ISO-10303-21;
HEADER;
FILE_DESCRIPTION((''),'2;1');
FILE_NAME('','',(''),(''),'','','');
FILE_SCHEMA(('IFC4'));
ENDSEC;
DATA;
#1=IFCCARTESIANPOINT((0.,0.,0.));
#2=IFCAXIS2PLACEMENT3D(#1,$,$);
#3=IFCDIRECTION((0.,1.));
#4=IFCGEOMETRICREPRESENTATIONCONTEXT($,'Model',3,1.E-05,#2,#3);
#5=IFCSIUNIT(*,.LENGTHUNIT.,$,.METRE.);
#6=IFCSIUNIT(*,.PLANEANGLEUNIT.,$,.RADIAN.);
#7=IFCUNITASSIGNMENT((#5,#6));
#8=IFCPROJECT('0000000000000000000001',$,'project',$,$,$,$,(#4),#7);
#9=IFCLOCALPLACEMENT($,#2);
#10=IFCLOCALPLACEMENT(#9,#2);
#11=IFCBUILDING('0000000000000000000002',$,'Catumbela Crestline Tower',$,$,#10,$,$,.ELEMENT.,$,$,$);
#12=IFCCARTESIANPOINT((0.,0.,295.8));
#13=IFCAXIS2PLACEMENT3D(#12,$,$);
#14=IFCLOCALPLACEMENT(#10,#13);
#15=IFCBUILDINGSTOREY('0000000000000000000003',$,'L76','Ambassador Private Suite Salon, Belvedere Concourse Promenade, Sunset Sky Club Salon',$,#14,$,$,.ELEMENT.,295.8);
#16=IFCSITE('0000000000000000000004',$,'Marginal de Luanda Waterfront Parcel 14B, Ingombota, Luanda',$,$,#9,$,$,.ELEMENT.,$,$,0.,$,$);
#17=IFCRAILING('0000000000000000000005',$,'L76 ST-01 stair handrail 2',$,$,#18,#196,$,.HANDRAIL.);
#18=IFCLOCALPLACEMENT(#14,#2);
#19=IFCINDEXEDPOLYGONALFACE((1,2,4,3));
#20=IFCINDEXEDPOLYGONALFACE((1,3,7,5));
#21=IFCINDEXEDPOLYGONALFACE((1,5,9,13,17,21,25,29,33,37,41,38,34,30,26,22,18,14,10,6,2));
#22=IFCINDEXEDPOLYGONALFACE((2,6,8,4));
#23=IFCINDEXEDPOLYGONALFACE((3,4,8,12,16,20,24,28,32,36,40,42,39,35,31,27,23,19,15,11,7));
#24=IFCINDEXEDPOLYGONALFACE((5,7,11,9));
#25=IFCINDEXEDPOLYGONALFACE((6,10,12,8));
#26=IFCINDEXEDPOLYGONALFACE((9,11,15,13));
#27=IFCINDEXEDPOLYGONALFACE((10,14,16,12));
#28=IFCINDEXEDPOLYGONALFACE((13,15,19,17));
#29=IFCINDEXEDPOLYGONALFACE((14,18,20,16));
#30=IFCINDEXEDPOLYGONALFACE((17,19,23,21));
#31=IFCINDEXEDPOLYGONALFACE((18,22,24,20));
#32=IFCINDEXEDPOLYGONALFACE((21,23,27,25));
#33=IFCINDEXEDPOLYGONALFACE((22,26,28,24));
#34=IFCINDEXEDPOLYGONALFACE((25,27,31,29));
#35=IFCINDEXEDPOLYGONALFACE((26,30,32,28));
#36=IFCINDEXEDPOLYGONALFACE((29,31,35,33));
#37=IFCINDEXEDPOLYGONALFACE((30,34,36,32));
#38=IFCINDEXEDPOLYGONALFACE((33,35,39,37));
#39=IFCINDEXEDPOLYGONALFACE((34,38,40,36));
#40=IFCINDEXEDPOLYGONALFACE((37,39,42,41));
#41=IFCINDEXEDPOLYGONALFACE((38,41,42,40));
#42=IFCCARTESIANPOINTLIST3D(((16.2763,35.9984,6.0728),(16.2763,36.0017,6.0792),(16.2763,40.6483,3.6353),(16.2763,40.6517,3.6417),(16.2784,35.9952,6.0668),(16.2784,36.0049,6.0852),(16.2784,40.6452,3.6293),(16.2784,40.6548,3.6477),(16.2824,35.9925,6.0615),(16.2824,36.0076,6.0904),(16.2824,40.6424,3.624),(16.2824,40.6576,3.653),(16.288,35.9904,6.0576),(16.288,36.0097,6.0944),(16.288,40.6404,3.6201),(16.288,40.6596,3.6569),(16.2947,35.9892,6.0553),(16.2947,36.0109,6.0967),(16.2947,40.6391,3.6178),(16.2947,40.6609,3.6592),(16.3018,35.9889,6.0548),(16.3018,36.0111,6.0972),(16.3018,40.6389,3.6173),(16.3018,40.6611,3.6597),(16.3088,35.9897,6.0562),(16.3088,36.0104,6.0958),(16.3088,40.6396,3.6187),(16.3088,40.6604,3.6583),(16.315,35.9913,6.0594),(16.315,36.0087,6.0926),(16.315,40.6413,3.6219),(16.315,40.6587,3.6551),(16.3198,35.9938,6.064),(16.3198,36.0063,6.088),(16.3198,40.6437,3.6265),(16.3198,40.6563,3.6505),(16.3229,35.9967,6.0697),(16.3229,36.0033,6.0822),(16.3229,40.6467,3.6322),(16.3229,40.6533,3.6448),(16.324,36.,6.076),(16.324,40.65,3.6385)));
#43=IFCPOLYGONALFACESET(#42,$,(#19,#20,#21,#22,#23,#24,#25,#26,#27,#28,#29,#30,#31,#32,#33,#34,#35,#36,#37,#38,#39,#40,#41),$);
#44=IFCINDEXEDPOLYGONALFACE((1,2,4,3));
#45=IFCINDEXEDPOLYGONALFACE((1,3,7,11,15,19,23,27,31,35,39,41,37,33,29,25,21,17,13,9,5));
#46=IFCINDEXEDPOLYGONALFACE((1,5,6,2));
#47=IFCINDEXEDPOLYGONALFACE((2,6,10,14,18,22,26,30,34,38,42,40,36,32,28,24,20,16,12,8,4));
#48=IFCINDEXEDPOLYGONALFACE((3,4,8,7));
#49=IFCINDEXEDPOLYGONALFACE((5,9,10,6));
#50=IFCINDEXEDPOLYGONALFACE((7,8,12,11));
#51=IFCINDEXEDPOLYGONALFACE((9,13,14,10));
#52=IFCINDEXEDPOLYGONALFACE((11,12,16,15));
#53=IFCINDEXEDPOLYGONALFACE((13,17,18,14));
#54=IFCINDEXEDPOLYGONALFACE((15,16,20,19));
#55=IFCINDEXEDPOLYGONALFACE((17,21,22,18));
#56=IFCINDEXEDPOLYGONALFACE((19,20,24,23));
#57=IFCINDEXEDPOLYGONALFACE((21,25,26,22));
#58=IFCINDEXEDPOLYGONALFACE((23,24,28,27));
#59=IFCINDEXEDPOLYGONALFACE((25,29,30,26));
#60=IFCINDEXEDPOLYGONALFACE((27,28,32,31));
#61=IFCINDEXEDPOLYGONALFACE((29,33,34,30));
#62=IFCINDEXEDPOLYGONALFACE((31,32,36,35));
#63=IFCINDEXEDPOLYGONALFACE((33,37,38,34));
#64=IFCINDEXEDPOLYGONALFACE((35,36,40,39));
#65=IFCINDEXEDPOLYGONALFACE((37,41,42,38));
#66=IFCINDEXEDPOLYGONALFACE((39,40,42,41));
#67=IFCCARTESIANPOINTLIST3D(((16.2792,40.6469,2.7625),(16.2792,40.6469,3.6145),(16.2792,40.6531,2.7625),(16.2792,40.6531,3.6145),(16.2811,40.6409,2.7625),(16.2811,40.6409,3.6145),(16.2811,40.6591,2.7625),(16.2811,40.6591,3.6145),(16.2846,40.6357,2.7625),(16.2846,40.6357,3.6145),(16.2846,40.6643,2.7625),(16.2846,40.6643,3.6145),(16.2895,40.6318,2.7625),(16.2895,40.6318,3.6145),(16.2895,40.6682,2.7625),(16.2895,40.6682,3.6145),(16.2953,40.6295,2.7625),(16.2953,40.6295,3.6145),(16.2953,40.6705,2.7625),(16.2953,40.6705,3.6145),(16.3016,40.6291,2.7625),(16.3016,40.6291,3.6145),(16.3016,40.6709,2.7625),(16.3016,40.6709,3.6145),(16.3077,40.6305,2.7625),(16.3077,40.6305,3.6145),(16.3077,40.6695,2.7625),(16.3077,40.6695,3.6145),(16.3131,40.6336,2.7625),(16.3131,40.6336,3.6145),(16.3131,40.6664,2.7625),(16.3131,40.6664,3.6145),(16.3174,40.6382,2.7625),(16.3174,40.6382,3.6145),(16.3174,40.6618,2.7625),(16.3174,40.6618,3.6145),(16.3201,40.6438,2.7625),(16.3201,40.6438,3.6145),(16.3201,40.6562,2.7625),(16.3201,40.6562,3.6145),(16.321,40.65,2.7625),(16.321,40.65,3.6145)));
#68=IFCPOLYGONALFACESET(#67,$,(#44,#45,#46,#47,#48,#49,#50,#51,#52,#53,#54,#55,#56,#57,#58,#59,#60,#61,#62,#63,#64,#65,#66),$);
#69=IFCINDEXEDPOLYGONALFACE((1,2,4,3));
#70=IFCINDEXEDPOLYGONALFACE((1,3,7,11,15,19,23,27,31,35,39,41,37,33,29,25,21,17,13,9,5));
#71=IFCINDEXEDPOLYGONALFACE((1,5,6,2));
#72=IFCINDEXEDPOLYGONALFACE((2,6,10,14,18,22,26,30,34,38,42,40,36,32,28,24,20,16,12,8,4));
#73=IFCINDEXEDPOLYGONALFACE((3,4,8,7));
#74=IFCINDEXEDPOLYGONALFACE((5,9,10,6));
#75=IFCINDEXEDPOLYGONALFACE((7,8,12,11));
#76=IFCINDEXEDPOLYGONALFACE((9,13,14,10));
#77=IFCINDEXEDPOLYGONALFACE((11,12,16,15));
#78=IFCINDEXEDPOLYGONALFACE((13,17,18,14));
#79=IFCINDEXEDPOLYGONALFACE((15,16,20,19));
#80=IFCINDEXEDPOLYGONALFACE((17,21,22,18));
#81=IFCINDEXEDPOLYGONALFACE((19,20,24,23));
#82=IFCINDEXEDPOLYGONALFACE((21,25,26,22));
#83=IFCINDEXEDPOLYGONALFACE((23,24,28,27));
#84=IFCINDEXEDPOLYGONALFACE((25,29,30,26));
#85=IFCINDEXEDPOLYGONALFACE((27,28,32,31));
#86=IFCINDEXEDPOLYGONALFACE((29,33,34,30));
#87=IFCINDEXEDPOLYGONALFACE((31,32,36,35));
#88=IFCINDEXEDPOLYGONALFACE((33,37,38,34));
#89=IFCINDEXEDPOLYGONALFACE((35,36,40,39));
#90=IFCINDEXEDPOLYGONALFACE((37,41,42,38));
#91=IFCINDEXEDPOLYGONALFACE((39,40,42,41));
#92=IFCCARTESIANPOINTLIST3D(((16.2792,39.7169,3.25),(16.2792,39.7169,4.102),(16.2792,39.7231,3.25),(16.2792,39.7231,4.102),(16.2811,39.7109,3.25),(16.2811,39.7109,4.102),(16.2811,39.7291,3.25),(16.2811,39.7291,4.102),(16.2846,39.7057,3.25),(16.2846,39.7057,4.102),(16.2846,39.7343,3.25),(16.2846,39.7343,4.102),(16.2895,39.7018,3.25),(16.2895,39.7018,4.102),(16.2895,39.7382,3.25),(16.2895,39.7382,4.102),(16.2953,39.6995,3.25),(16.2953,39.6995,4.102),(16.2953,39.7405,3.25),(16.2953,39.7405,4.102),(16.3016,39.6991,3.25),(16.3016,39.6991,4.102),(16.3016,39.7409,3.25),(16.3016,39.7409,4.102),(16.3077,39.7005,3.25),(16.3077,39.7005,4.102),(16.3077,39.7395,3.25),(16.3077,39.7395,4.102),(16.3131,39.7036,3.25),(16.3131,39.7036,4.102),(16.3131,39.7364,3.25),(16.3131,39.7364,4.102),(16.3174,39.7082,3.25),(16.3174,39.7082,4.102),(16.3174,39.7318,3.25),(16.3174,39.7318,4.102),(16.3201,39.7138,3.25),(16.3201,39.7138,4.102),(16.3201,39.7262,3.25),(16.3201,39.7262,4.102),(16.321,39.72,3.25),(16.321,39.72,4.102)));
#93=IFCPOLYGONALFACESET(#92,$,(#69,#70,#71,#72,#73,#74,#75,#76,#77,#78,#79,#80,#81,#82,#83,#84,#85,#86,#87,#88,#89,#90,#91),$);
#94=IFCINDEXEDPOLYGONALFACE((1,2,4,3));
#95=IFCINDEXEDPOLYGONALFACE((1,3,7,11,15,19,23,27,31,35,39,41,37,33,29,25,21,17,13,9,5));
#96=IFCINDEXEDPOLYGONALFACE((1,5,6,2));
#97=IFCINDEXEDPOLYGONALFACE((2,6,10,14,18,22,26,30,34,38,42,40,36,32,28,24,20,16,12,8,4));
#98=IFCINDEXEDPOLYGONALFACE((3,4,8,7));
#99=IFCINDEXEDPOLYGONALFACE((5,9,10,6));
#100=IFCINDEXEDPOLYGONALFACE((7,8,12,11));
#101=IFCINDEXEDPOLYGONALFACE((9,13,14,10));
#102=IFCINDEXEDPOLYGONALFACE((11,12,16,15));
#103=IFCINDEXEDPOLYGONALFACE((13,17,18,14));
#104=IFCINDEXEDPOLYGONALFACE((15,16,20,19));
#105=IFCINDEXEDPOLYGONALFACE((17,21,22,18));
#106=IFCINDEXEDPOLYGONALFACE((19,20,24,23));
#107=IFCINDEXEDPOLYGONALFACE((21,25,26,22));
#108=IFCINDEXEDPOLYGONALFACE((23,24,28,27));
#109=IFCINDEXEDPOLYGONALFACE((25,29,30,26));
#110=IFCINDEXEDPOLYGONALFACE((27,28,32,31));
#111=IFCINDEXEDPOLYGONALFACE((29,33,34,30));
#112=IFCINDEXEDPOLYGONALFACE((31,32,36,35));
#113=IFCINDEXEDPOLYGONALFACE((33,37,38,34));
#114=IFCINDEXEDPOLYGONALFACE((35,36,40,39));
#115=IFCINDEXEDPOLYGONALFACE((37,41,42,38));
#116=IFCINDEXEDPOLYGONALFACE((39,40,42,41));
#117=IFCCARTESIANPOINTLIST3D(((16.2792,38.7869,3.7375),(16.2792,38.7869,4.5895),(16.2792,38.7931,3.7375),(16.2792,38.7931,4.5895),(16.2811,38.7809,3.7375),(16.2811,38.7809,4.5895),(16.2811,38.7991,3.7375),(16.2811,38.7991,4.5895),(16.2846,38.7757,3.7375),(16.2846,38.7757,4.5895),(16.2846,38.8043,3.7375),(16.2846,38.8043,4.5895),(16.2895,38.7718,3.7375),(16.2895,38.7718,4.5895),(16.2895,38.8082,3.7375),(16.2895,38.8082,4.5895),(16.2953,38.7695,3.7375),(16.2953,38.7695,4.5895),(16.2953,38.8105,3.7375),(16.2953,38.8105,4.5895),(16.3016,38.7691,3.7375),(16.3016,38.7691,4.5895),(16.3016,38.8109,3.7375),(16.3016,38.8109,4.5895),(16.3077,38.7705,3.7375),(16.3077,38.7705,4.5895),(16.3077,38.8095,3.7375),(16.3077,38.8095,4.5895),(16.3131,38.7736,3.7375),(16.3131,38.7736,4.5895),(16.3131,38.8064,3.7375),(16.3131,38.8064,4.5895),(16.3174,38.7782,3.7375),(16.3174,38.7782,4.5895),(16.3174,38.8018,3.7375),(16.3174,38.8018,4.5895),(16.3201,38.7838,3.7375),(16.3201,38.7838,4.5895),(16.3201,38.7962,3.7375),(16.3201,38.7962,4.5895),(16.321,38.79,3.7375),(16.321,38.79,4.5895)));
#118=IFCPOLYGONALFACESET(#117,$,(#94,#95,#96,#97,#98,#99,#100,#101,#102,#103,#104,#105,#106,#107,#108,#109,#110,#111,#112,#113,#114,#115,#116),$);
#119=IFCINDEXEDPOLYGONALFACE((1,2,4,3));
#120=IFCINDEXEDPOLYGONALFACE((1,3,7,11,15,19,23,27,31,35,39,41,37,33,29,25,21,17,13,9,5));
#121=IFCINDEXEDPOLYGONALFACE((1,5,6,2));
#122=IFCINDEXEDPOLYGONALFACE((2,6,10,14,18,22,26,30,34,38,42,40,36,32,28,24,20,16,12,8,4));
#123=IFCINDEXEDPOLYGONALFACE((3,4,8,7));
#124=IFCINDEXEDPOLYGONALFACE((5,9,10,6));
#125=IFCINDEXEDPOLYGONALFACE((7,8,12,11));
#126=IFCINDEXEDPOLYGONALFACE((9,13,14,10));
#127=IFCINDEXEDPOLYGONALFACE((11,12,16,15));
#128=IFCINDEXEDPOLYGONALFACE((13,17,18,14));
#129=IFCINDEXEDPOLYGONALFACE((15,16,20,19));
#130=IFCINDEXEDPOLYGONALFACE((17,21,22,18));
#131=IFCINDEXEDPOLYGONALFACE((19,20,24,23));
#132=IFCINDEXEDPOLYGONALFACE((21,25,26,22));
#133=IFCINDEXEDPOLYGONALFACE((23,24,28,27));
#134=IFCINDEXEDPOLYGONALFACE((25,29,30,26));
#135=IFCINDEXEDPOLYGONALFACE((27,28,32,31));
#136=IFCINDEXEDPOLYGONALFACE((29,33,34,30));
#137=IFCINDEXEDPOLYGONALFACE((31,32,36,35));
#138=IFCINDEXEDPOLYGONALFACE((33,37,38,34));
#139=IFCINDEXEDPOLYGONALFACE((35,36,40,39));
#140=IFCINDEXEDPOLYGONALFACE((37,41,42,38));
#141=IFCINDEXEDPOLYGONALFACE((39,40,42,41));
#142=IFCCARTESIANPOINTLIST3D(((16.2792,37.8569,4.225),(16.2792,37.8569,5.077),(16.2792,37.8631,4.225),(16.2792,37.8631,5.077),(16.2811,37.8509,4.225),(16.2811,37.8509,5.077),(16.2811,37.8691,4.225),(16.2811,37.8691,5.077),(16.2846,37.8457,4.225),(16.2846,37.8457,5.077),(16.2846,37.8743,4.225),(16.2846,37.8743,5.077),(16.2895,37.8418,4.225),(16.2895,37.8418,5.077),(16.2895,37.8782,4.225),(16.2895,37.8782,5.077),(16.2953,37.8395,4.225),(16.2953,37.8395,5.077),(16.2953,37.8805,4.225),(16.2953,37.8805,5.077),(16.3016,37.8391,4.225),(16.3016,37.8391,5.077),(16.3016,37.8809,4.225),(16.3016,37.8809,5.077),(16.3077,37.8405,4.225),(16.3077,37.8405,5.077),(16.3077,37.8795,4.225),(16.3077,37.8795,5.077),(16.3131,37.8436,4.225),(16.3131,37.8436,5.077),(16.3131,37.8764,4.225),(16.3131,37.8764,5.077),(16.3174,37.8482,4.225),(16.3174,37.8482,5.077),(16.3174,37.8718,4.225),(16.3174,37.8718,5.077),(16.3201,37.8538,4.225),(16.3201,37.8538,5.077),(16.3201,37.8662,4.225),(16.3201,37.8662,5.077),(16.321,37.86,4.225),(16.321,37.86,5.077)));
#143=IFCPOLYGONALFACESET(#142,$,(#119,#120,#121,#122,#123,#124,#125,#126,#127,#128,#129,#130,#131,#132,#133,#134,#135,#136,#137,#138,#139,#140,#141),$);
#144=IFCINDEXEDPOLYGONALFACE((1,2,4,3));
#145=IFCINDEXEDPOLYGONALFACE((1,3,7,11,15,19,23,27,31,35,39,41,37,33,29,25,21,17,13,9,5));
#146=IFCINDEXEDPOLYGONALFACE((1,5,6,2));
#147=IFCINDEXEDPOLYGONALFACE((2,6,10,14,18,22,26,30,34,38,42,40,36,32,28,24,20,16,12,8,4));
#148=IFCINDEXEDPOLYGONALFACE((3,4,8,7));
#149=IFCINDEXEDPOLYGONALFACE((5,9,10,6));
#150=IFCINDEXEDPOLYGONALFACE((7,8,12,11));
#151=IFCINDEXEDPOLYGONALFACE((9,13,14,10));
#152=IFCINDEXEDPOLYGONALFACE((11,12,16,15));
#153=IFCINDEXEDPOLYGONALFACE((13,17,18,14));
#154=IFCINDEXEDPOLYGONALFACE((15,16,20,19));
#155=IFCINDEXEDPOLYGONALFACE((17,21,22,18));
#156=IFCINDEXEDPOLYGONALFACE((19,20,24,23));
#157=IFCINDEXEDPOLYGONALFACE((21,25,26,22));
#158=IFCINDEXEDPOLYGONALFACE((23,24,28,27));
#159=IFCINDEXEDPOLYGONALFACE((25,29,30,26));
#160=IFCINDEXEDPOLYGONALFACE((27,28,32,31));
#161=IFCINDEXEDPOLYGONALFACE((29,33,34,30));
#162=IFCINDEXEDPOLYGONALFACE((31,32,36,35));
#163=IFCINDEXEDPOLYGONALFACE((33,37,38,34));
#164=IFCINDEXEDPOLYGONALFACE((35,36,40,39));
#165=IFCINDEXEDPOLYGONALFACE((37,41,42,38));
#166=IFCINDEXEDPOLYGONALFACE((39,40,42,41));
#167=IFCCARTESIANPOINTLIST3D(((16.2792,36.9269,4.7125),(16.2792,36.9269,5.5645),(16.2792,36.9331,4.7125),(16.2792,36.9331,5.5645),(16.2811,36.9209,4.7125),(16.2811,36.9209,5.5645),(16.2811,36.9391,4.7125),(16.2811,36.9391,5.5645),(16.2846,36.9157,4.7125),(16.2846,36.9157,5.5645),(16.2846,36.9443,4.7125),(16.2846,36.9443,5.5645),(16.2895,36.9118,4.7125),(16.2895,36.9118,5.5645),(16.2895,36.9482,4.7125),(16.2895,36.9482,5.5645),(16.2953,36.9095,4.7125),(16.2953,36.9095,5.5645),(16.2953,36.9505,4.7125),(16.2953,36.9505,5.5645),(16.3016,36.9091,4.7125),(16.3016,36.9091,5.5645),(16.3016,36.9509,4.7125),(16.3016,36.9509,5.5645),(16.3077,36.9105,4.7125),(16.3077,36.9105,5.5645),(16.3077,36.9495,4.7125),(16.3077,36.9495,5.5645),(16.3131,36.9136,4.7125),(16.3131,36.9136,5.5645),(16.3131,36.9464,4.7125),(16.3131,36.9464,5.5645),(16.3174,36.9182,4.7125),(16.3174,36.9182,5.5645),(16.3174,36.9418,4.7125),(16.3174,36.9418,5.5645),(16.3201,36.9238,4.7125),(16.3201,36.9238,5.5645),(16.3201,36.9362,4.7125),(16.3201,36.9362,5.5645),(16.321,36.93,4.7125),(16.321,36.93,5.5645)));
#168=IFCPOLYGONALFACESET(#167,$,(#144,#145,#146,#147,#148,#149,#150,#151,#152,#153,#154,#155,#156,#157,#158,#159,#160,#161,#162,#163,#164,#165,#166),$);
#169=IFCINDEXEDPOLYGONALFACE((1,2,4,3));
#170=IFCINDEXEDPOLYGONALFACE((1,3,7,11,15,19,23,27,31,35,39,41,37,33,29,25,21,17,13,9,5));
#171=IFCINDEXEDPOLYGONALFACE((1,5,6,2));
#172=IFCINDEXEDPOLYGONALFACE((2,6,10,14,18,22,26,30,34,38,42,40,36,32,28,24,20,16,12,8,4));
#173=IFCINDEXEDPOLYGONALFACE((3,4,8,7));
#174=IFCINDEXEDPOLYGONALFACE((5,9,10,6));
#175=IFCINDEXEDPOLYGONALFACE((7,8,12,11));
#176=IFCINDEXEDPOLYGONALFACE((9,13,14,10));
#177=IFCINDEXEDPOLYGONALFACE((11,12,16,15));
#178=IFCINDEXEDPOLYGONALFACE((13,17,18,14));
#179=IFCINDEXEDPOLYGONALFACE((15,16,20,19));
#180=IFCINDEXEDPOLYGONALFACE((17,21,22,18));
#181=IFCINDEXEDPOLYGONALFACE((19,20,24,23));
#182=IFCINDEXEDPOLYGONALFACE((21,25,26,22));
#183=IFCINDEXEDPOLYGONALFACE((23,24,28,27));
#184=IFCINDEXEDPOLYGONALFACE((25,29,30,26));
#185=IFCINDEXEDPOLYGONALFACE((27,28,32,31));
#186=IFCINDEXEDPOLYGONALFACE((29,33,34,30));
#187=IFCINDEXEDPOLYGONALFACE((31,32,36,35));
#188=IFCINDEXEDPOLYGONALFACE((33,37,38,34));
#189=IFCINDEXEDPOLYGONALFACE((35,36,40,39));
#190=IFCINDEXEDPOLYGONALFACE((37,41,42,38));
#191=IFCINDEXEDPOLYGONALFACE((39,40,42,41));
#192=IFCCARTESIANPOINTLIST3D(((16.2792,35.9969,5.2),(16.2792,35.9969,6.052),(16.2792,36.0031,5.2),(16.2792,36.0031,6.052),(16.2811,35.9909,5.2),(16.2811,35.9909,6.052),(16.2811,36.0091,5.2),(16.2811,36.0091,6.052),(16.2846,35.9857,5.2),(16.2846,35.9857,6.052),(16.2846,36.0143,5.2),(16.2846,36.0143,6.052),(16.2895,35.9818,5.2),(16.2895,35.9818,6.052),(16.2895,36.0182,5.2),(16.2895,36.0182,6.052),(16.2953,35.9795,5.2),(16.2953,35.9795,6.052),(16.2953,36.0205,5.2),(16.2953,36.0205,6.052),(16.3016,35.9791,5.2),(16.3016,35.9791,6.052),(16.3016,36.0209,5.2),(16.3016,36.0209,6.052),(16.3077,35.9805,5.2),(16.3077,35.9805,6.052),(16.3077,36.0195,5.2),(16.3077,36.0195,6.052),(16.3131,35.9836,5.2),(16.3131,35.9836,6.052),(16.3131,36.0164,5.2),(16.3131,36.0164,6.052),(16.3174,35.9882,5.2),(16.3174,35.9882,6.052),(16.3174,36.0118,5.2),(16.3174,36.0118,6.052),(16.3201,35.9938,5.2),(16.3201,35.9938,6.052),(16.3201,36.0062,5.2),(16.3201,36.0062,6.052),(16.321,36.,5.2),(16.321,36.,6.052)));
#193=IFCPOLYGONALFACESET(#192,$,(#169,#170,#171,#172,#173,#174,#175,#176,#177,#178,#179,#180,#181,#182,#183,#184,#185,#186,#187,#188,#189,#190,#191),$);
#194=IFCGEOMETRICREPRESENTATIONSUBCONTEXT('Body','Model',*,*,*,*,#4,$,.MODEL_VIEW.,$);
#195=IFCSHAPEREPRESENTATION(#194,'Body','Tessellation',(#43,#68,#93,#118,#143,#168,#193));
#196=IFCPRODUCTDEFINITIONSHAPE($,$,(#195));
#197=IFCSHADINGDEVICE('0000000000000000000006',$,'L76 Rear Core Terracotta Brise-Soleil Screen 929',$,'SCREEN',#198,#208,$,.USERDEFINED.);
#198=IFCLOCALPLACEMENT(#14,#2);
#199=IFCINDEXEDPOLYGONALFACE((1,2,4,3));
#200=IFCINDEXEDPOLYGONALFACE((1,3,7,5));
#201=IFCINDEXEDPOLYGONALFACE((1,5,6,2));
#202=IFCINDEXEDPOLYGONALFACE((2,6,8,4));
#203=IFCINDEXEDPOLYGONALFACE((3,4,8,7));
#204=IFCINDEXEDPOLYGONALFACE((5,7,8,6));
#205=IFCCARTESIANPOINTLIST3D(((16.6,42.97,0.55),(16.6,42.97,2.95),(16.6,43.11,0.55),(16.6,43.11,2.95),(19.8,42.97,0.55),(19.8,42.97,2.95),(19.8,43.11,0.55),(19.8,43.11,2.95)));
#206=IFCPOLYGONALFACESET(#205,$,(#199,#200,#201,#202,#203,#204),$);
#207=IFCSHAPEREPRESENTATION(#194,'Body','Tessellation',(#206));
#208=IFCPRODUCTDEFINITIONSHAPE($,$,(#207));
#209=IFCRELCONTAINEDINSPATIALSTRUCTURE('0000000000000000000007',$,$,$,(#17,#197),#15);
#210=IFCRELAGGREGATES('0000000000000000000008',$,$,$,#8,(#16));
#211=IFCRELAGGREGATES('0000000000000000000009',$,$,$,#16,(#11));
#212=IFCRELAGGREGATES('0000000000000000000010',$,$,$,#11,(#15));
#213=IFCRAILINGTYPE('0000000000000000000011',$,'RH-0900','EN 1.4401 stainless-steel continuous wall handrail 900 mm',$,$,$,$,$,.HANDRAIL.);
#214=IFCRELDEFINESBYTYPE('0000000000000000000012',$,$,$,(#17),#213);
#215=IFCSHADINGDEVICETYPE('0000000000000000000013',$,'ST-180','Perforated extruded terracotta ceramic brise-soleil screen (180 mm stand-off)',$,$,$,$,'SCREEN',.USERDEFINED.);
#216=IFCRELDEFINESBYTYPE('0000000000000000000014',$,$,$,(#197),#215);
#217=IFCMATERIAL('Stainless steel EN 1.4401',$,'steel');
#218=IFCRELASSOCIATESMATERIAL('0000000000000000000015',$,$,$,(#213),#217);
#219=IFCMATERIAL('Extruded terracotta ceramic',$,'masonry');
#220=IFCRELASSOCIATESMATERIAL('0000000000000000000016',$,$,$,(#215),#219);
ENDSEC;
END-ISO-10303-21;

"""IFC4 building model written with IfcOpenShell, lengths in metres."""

from ifc_helpers import new_model, si_unit, direction, frame, origin, origin_2d, place, context, subcontext, project, spatial, rectangle, circle, extrude, material, type_object, element, save


model = new_model("IFC4")

# Units and contexts
model_context = context("Model", 3, precision=1e-05, world=origin(), true_north=direction((0.0, 1.0)))
body_context = subcontext(model_context, "Body", "Model", "MODEL_VIEW")
ifc_project = project(units=[si_unit("LENGTHUNIT", "METRE"), si_unit("PLANEANGLEUNIT", "RADIAN")], contexts=[model_context])

# Site, building, storey
site_placement = place(None, origin())
site = spatial("IfcSite", under=ifc_project, at=site_placement, Name="Marginal de Luanda Waterfront Parcel 14B, Ingombota, Luanda", CompositionType="ELEMENT", RefElevation=0.0)
building_placement = place(site_placement, origin())
building = spatial("IfcBuilding", under=site, at=building_placement, Name="Catumbela Crestline Tower", CompositionType="ELEMENT")
storey_placement = place(building_placement, frame((0.0, 0.0, 295.8)))
storey = spatial("IfcBuildingStorey", under=building, at=storey_placement, Name="L76", Description="Ambassador Private Suite Salon, Belvedere Concourse Promenade, Sunset Sky Club Salon", CompositionType="ELEMENT", Elevation=295.8)

# Shared definitions
ifc_material_1 = material(Name="Stainless steel EN 1.4401", Category="steel")

# Railing
railing_type_1 = type_object("IfcRailingType", Name="RH-0900", Description="EN 1.4401 stainless-steel continuous wall handrail 900 mm", PredefinedType="HANDRAIL", material=ifc_material_1)
railing_1_placement = place(storey_placement, frame((16.3, 40.65, 2.7625)))
element("IfcRailing", 1, at=railing_1_placement, inside=storey, type_object=railing_type_1, Name="L76 ST-01 stair handrail 2", PredefinedType="HANDRAIL", context=body_context, shape_type="SweptSolid", body=[
    extrude(circle(Radius=0.024, at=origin_2d()), frame((0.0, 0.0, 0.876), z_axis=(0.0, -0.885692, 0.464274), x_axis=(1.0, 0.0, 0.0)), (0.0, 0.0, 1.0), 5.2501),
    extrude(circle(Radius=0.021, at=origin_2d()), origin(), (0.0, 0.0, 1.0), 0.852),
    extrude(circle(Radius=0.021, at=origin_2d()), frame((0.0, -0.93, 0.4875)), (0.0, 0.0, 1.0), 0.852),
    extrude(circle(Radius=0.021, at=origin_2d()), frame((0.0, -1.86, 0.975)), (0.0, 0.0, 1.0), 0.852),
    extrude(circle(Radius=0.021, at=origin_2d()), frame((0.0, -2.79, 1.4625)), (0.0, 0.0, 1.0), 0.852),
    extrude(circle(Radius=0.021, at=origin_2d()), frame((0.0, -3.72, 1.95)), (0.0, 0.0, 1.0), 0.852),
    extrude(circle(Radius=0.021, at=origin_2d()), frame((0.0, -4.65, 2.4375)), (0.0, 0.0, 1.0), 0.852),
])

# Shading device
ifc_material_2 = material(Name="Extruded terracotta ceramic", Category="masonry")
shading_device_type = type_object("IfcShadingDeviceType", Name="ST-180", Description="Perforated extruded terracotta ceramic brise-soleil screen (180 mm stand-off)", ElementType="SCREEN", PredefinedType="USERDEFINED", material=ifc_material_2)
shading_device_placement = place(storey_placement, frame((18.2, 43.04, 0.55), z_axis=(0.0, 0.0, 1.0), x_axis=(1.0, 0.0, 0.0)))
element("IfcShadingDevice", 2, at=shading_device_placement, inside=storey, type_object=shading_device_type, Name="L76 Rear Core Terracotta Brise-Soleil Screen 929", ObjectType="SCREEN", PredefinedType="USERDEFINED", context=body_context, shape_type="SweptSolid", body=[
    extrude(rectangle(XDim=3.2, YDim=0.14, at=origin_2d()), origin(), (0.0, 0.0, 1.0), 2.4),
])

save(model, "model.ifc")
